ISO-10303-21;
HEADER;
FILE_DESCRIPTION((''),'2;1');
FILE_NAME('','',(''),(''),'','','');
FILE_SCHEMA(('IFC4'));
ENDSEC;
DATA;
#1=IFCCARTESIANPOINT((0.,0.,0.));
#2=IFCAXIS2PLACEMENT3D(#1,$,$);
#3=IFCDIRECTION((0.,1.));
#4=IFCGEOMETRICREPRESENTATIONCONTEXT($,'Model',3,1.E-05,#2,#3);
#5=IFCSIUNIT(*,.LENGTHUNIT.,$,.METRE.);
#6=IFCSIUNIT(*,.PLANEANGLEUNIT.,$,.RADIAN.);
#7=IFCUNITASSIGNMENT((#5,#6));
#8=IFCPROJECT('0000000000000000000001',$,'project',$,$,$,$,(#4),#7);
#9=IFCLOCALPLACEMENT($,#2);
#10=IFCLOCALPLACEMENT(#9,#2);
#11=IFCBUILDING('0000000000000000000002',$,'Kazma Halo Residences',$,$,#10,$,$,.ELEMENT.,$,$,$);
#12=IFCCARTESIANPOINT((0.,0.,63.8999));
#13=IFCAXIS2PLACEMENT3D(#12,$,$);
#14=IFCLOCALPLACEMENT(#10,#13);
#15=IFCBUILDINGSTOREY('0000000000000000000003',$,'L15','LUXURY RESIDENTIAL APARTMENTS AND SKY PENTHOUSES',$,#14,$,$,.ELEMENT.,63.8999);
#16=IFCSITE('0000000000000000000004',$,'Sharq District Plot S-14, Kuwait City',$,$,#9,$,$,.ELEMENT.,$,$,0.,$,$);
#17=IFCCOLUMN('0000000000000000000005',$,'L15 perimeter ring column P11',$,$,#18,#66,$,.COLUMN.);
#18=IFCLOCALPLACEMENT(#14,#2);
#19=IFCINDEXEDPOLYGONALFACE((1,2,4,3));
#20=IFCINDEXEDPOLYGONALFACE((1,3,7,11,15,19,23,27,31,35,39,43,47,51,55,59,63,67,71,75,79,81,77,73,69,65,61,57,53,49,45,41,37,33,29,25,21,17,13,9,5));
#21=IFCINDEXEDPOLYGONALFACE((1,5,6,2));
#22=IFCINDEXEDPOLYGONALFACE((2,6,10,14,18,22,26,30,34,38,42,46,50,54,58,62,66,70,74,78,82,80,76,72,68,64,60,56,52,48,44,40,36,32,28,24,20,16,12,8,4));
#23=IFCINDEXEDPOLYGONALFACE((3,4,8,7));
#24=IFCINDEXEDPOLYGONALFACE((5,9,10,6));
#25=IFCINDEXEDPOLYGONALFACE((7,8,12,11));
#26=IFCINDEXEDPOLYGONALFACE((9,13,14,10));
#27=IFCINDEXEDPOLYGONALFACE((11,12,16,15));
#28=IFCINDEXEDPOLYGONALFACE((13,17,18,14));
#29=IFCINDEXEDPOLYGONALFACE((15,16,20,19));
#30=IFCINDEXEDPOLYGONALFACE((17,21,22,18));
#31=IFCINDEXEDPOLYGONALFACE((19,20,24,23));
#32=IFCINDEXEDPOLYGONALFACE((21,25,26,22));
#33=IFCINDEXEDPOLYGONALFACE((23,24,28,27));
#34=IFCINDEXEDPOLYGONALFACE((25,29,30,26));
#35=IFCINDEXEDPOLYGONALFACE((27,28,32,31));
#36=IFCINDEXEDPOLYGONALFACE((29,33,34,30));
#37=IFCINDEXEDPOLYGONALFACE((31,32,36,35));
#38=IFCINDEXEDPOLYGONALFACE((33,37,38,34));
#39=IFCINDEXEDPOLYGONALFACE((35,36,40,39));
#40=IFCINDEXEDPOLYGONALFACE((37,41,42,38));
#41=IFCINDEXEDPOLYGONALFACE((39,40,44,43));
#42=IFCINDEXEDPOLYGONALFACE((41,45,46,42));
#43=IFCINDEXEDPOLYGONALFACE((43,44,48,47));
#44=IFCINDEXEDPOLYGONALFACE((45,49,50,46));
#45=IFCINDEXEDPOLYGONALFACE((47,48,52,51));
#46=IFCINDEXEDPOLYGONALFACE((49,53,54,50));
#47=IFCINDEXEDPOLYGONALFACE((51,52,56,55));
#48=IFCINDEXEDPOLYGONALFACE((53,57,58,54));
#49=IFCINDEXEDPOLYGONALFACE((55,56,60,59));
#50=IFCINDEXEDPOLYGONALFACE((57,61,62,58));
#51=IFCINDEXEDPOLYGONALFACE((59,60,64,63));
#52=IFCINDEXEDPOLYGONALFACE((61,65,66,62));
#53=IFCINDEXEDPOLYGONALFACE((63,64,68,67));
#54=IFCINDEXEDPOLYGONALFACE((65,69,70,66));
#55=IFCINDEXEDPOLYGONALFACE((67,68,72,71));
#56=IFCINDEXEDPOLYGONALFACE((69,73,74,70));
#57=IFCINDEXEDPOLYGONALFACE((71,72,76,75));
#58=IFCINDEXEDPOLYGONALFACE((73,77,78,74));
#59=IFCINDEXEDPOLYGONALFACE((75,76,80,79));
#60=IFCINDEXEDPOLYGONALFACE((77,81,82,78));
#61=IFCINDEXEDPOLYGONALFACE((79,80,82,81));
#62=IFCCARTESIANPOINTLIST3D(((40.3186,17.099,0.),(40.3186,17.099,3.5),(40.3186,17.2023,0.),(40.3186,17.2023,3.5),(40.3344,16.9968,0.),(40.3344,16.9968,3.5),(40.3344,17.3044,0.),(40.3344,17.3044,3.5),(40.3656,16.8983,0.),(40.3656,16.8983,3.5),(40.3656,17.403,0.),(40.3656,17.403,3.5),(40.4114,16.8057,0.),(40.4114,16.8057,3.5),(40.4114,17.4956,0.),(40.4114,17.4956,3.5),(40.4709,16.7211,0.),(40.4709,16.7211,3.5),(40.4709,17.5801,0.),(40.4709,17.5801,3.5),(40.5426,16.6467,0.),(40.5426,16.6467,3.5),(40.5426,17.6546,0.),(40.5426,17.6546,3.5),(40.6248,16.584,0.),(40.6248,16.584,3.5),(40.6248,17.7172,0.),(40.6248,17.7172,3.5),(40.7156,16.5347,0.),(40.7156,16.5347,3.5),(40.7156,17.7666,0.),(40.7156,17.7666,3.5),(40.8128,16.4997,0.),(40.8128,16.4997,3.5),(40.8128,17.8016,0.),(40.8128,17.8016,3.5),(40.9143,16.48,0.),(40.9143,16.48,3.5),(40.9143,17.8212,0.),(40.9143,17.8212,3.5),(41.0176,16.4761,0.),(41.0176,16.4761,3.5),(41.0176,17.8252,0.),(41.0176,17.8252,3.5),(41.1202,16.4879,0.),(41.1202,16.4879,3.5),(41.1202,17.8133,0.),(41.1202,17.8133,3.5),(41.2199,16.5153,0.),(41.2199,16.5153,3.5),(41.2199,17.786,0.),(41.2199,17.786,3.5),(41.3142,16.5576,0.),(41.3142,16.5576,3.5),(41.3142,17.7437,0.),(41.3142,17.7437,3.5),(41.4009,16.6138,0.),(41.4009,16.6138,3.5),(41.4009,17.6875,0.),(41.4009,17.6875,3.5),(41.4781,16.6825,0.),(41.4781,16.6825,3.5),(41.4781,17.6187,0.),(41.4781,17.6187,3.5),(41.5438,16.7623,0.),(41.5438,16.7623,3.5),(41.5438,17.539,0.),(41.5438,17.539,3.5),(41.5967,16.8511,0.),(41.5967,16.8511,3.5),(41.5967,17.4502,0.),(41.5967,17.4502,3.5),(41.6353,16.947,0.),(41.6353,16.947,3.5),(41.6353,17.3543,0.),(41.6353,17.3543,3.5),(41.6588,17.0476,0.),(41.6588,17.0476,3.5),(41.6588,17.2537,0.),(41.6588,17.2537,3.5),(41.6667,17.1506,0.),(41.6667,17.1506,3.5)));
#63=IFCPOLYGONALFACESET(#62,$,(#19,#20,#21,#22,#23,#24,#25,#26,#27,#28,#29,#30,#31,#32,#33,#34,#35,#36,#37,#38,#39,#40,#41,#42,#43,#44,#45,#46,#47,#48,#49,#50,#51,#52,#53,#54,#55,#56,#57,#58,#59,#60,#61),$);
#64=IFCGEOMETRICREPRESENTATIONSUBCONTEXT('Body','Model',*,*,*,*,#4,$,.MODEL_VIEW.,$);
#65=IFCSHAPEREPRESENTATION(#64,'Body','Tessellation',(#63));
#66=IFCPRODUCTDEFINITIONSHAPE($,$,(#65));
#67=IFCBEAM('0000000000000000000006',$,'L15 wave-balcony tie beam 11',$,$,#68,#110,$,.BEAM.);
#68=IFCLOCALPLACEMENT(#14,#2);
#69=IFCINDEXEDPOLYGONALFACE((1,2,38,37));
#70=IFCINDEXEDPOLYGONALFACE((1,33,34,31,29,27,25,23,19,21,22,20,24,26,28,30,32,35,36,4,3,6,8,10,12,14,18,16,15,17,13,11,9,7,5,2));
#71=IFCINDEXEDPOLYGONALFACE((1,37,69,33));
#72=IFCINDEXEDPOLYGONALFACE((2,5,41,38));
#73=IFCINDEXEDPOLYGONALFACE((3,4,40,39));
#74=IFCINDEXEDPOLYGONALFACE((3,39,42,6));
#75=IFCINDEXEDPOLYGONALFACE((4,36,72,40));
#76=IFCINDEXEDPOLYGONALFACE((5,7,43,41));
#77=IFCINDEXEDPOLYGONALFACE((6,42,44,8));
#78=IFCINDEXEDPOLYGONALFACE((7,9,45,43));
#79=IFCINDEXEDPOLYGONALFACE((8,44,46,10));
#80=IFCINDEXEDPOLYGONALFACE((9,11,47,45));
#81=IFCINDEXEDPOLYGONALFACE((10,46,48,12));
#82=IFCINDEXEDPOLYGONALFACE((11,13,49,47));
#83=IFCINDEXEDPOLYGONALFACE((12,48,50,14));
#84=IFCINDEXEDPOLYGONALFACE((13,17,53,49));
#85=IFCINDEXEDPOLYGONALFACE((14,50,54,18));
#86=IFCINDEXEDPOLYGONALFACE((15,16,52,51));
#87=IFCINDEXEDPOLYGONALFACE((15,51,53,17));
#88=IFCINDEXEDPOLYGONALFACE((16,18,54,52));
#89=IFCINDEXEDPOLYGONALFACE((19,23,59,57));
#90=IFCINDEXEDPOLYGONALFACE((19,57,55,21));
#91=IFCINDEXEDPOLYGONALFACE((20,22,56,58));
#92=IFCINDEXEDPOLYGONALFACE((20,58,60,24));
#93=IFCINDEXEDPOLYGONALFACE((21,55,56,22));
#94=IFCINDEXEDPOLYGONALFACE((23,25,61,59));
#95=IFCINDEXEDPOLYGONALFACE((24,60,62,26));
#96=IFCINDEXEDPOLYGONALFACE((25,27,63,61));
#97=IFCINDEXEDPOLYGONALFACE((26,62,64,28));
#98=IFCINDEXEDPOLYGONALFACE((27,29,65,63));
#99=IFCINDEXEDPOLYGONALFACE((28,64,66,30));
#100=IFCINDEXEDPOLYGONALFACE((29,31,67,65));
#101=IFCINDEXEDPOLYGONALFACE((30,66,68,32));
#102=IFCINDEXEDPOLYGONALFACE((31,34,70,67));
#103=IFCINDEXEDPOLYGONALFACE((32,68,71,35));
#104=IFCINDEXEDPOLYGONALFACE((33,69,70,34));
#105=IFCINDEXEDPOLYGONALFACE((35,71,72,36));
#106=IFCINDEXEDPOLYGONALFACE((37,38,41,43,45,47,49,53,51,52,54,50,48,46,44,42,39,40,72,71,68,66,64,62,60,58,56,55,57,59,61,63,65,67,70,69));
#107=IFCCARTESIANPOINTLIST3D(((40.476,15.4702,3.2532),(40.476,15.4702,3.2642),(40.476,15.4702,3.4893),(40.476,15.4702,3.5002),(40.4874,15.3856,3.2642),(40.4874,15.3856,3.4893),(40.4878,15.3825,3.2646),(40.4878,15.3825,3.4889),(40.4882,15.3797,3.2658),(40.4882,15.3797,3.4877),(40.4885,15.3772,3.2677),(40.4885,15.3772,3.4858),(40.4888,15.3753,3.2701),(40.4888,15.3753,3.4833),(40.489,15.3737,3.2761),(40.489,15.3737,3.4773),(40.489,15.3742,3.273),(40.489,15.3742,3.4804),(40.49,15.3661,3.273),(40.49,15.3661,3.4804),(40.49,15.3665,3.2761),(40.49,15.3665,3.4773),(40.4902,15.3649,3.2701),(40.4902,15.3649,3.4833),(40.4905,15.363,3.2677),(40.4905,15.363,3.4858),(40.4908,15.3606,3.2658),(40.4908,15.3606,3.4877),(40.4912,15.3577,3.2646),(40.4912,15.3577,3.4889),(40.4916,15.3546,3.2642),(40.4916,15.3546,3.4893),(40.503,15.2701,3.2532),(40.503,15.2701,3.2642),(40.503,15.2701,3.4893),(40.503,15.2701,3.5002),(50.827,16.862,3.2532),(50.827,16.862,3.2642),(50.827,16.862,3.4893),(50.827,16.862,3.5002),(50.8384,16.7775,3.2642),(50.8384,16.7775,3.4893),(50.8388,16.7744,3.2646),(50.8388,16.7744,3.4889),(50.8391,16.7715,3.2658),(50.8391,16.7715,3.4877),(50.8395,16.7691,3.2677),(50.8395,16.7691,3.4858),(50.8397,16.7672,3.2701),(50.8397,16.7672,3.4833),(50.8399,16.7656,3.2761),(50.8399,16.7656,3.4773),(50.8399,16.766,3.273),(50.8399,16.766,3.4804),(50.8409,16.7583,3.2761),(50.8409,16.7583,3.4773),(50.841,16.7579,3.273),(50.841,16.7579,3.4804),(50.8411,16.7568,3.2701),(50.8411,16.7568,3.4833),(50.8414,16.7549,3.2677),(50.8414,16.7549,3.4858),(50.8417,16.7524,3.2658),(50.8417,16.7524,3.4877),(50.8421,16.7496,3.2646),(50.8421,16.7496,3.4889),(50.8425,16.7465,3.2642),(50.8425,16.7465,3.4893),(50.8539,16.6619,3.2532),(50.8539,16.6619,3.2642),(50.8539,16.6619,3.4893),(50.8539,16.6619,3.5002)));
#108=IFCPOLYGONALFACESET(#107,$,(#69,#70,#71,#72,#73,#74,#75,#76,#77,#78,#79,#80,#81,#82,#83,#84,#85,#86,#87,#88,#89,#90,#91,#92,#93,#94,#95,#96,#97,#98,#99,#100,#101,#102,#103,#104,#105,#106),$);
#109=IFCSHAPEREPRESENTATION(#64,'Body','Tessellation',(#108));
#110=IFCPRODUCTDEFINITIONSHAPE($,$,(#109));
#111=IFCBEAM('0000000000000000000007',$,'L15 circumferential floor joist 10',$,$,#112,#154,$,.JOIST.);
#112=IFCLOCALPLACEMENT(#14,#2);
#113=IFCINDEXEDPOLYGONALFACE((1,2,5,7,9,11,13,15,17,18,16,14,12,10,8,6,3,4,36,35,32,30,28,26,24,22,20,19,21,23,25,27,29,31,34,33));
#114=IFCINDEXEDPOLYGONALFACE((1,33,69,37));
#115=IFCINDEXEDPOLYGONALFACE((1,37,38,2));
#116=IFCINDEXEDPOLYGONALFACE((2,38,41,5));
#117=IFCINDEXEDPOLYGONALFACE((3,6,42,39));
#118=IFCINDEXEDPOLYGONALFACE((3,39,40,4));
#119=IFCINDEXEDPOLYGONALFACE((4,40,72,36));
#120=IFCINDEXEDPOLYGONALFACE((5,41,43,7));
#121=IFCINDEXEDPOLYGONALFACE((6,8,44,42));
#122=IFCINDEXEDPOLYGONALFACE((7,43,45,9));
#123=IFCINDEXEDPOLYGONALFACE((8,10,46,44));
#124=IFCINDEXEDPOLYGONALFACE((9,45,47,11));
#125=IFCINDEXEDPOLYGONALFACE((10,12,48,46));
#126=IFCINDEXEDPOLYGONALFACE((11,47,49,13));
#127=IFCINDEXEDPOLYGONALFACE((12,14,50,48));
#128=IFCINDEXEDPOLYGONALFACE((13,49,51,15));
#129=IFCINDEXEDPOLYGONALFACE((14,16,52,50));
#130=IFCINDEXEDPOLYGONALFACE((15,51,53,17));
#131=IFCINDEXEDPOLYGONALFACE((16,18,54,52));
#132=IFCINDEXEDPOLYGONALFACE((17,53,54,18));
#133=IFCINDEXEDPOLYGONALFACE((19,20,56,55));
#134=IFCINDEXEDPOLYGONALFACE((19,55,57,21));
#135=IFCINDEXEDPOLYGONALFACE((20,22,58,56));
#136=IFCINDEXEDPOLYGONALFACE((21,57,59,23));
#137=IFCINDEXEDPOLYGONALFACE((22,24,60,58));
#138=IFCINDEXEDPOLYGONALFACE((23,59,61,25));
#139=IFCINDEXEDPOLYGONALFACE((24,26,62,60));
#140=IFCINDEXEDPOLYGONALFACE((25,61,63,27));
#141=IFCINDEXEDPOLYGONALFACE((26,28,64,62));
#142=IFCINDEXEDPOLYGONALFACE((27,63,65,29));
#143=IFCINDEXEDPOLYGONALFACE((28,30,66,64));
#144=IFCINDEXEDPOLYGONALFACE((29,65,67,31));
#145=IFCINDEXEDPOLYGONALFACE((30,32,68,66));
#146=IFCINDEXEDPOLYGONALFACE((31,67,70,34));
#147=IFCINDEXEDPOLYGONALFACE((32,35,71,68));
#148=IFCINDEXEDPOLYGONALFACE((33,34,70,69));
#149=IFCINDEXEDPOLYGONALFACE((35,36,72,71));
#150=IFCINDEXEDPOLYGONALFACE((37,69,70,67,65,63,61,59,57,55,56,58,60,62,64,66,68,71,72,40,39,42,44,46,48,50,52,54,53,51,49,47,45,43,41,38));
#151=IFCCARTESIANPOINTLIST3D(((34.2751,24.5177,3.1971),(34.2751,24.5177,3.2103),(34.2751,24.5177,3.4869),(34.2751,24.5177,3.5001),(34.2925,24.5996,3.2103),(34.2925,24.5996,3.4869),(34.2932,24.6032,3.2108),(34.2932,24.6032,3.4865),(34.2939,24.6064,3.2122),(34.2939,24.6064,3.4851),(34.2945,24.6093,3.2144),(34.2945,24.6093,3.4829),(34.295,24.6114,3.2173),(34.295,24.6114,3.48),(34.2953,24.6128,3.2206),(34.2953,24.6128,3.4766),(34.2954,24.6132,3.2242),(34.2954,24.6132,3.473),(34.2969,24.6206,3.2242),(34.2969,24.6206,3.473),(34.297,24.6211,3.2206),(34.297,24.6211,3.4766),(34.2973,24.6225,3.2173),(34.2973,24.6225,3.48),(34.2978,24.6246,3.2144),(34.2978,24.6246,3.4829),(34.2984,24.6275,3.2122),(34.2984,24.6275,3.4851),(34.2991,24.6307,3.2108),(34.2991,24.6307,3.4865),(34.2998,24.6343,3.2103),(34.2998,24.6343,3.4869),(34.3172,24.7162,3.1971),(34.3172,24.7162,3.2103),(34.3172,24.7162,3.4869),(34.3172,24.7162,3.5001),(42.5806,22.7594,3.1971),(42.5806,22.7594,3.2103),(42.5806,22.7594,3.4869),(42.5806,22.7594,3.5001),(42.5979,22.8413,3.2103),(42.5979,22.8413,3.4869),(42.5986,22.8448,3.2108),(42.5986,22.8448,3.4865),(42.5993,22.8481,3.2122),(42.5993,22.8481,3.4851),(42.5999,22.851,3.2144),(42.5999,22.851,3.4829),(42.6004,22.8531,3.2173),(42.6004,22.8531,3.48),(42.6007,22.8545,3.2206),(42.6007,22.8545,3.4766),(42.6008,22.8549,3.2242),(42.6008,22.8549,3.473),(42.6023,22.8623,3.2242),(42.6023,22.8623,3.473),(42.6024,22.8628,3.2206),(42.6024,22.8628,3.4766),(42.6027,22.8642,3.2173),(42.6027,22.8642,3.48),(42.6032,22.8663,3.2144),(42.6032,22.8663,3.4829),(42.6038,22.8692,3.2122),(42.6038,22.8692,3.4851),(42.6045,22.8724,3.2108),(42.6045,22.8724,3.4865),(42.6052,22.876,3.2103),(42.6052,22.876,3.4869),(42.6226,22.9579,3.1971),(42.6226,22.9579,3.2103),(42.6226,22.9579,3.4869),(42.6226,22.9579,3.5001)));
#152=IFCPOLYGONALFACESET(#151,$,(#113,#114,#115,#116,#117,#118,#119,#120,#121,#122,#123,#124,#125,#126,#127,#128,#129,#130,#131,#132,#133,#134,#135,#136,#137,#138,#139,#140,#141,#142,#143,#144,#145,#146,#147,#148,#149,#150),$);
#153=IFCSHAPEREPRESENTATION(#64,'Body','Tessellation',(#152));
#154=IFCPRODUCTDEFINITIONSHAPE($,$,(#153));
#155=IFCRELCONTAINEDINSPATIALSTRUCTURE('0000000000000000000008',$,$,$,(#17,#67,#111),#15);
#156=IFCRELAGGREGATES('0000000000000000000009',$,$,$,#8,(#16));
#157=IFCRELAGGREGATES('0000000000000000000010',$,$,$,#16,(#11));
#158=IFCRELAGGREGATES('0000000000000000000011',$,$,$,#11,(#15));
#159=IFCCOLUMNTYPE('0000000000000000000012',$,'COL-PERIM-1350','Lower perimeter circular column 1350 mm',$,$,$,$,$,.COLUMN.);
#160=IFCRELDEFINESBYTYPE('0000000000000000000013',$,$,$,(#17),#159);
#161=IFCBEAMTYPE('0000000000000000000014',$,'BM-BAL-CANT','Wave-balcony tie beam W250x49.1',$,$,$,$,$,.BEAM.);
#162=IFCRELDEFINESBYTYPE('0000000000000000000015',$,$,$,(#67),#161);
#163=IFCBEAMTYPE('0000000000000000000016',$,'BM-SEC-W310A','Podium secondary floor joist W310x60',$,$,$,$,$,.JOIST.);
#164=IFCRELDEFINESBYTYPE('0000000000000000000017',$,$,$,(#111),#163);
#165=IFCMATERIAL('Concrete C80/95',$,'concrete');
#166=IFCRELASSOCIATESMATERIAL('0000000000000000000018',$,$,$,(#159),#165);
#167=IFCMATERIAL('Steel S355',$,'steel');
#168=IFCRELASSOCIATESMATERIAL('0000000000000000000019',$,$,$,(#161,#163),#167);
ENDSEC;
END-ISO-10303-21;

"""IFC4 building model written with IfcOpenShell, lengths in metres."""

from ifc_helpers import new_model, si_unit, direction, frame, origin, origin_2d, place, context, subcontext, project, spatial, circle, i_section, extrude, material, material_profile, profile_set, type_object, element, save


model = new_model("IFC4")

# Units and contexts
model_context = context("Model", 3, precision=1e-05, world=origin(), true_north=direction((0.0, 1.0)))
body_context = subcontext(model_context, "Body", "Model", "MODEL_VIEW")
ifc_project = project(units=[si_unit("LENGTHUNIT", "METRE"), si_unit("PLANEANGLEUNIT", "RADIAN")], contexts=[model_context])

# Site, building, storey
site_placement = place(None, origin())
site = spatial("IfcSite", under=ifc_project, at=site_placement, Name="Sharq District Plot S-14, Kuwait City", CompositionType="ELEMENT", RefElevation=0.0)
building_placement = place(site_placement, origin())
building = spatial("IfcBuilding", under=site, at=building_placement, Name="Kazma Halo Residences", CompositionType="ELEMENT")
storey_placement = place(building_placement, frame((0.0, 0.0, 63.8999)))
storey = spatial("IfcBuildingStorey", under=building, at=storey_placement, Name="L15", Description="LUXURY RESIDENTIAL APARTMENTS AND SKY PENTHOUSES", CompositionType="ELEMENT", Elevation=63.8999)

# Column
ifc_material_1 = material(Name="Concrete C80/95", Category="concrete")
ifc_material_profile_1 = material_profile(ifc_material_1, circle(Radius=0.675, at=origin_2d()), Name="CIRC1350")
ifc_profile_set_1 = profile_set([ifc_material_profile_1], Name="Concrete C80/95")
column_type = type_object("IfcColumnType", Name="COL-PERIM-1350", Description="Lower perimeter circular column 1350 mm", PredefinedType="COLUMN", material=ifc_profile_set_1)
column_placement = place(storey_placement, frame((40.9917, 17.1506, 0.0), z_axis=(0.0, 0.0, 1.0), x_axis=(1.0, 0.0, 0.0)))
element("IfcColumn", 1, at=column_placement, inside=storey, type_object=column_type, Name="L15 perimeter ring column P11", PredefinedType="COLUMN", context=body_context, shape_type="SweptSolid", body=[
    extrude(circle(Radius=0.675, at=origin_2d()), origin(), (0.0, 0.0, 1.0), 3.5),
])

# Beams
ifc_material_2 = material(Name="Steel S355", Category="steel")
ifc_material_profile_2 = material_profile(ifc_material_2, i_section(OverallWidth=0.2019, OverallDepth=0.2471, WebThickness=0.0073, FlangeThickness=0.011, FilletRadius=0.012, at=origin_2d()), Name="W250x49.1")
ifc_profile_set_2 = profile_set([ifc_material_profile_2], Name="Steel S355")
beam_type_1 = type_object("IfcBeamType", Name="BM-BAL-CANT", Description="Wave-balcony tie beam W250x49.1", PredefinedType="BEAM", material=ifc_profile_set_2)
beam_1_placement = place(storey_placement, frame((40.4895, 15.3701, 3.3767), z_axis=(0.99108, 0.133268, 0.0), x_axis=(-0.133268, 0.99108, 0.0)))
element("IfcBeam", 2, at=beam_1_placement, inside=storey, type_object=beam_type_1, Name="L15 wave-balcony tie beam 11", PredefinedType="BEAM", context=body_context, shape_type="SweptSolid", body=[
    extrude(i_section(OverallWidth=0.2019, OverallDepth=0.2471, WebThickness=0.0073, FlangeThickness=0.011, FilletRadius=0.012, at=origin_2d()), origin(), (0.0, 0.0, 1.0), 10.4441),
])
ifc_material_profile_3 = material_profile(ifc_material_2, i_section(OverallWidth=0.2029, OverallDepth=0.303, WebThickness=0.0076, FlangeThickness=0.0132, FilletRadius=0.0139, at=origin_2d()), Name="W310x60")
ifc_profile_set_3 = profile_set([ifc_material_profile_3], Name="Steel S355")
beam_type_2 = type_object("IfcBeamType", Name="BM-SEC-W310A", Description="Podium secondary floor joist W310x60", PredefinedType="JOIST", material=ifc_profile_set_3)
beam_2_placement = place(storey_placement, frame((34.2961, 24.6169, 3.3486), z_axis=(0.978317, -0.207115, 0.0), x_axis=(0.207115, 0.978317, 0.0)))
element("IfcBeam", 3, at=beam_2_placement, inside=storey, type_object=beam_type_2, Name="L15 circumferential floor joist 10", PredefinedType="JOIST", context=body_context, shape_type="SweptSolid", body=[
    extrude(i_section(OverallWidth=0.2029, OverallDepth=0.303, WebThickness=0.0076, FlangeThickness=0.0132, FilletRadius=0.0139, at=origin_2d()), origin(), (0.0, 0.0, 1.0), 8.4895),
])

save(model, "model.ifc")
